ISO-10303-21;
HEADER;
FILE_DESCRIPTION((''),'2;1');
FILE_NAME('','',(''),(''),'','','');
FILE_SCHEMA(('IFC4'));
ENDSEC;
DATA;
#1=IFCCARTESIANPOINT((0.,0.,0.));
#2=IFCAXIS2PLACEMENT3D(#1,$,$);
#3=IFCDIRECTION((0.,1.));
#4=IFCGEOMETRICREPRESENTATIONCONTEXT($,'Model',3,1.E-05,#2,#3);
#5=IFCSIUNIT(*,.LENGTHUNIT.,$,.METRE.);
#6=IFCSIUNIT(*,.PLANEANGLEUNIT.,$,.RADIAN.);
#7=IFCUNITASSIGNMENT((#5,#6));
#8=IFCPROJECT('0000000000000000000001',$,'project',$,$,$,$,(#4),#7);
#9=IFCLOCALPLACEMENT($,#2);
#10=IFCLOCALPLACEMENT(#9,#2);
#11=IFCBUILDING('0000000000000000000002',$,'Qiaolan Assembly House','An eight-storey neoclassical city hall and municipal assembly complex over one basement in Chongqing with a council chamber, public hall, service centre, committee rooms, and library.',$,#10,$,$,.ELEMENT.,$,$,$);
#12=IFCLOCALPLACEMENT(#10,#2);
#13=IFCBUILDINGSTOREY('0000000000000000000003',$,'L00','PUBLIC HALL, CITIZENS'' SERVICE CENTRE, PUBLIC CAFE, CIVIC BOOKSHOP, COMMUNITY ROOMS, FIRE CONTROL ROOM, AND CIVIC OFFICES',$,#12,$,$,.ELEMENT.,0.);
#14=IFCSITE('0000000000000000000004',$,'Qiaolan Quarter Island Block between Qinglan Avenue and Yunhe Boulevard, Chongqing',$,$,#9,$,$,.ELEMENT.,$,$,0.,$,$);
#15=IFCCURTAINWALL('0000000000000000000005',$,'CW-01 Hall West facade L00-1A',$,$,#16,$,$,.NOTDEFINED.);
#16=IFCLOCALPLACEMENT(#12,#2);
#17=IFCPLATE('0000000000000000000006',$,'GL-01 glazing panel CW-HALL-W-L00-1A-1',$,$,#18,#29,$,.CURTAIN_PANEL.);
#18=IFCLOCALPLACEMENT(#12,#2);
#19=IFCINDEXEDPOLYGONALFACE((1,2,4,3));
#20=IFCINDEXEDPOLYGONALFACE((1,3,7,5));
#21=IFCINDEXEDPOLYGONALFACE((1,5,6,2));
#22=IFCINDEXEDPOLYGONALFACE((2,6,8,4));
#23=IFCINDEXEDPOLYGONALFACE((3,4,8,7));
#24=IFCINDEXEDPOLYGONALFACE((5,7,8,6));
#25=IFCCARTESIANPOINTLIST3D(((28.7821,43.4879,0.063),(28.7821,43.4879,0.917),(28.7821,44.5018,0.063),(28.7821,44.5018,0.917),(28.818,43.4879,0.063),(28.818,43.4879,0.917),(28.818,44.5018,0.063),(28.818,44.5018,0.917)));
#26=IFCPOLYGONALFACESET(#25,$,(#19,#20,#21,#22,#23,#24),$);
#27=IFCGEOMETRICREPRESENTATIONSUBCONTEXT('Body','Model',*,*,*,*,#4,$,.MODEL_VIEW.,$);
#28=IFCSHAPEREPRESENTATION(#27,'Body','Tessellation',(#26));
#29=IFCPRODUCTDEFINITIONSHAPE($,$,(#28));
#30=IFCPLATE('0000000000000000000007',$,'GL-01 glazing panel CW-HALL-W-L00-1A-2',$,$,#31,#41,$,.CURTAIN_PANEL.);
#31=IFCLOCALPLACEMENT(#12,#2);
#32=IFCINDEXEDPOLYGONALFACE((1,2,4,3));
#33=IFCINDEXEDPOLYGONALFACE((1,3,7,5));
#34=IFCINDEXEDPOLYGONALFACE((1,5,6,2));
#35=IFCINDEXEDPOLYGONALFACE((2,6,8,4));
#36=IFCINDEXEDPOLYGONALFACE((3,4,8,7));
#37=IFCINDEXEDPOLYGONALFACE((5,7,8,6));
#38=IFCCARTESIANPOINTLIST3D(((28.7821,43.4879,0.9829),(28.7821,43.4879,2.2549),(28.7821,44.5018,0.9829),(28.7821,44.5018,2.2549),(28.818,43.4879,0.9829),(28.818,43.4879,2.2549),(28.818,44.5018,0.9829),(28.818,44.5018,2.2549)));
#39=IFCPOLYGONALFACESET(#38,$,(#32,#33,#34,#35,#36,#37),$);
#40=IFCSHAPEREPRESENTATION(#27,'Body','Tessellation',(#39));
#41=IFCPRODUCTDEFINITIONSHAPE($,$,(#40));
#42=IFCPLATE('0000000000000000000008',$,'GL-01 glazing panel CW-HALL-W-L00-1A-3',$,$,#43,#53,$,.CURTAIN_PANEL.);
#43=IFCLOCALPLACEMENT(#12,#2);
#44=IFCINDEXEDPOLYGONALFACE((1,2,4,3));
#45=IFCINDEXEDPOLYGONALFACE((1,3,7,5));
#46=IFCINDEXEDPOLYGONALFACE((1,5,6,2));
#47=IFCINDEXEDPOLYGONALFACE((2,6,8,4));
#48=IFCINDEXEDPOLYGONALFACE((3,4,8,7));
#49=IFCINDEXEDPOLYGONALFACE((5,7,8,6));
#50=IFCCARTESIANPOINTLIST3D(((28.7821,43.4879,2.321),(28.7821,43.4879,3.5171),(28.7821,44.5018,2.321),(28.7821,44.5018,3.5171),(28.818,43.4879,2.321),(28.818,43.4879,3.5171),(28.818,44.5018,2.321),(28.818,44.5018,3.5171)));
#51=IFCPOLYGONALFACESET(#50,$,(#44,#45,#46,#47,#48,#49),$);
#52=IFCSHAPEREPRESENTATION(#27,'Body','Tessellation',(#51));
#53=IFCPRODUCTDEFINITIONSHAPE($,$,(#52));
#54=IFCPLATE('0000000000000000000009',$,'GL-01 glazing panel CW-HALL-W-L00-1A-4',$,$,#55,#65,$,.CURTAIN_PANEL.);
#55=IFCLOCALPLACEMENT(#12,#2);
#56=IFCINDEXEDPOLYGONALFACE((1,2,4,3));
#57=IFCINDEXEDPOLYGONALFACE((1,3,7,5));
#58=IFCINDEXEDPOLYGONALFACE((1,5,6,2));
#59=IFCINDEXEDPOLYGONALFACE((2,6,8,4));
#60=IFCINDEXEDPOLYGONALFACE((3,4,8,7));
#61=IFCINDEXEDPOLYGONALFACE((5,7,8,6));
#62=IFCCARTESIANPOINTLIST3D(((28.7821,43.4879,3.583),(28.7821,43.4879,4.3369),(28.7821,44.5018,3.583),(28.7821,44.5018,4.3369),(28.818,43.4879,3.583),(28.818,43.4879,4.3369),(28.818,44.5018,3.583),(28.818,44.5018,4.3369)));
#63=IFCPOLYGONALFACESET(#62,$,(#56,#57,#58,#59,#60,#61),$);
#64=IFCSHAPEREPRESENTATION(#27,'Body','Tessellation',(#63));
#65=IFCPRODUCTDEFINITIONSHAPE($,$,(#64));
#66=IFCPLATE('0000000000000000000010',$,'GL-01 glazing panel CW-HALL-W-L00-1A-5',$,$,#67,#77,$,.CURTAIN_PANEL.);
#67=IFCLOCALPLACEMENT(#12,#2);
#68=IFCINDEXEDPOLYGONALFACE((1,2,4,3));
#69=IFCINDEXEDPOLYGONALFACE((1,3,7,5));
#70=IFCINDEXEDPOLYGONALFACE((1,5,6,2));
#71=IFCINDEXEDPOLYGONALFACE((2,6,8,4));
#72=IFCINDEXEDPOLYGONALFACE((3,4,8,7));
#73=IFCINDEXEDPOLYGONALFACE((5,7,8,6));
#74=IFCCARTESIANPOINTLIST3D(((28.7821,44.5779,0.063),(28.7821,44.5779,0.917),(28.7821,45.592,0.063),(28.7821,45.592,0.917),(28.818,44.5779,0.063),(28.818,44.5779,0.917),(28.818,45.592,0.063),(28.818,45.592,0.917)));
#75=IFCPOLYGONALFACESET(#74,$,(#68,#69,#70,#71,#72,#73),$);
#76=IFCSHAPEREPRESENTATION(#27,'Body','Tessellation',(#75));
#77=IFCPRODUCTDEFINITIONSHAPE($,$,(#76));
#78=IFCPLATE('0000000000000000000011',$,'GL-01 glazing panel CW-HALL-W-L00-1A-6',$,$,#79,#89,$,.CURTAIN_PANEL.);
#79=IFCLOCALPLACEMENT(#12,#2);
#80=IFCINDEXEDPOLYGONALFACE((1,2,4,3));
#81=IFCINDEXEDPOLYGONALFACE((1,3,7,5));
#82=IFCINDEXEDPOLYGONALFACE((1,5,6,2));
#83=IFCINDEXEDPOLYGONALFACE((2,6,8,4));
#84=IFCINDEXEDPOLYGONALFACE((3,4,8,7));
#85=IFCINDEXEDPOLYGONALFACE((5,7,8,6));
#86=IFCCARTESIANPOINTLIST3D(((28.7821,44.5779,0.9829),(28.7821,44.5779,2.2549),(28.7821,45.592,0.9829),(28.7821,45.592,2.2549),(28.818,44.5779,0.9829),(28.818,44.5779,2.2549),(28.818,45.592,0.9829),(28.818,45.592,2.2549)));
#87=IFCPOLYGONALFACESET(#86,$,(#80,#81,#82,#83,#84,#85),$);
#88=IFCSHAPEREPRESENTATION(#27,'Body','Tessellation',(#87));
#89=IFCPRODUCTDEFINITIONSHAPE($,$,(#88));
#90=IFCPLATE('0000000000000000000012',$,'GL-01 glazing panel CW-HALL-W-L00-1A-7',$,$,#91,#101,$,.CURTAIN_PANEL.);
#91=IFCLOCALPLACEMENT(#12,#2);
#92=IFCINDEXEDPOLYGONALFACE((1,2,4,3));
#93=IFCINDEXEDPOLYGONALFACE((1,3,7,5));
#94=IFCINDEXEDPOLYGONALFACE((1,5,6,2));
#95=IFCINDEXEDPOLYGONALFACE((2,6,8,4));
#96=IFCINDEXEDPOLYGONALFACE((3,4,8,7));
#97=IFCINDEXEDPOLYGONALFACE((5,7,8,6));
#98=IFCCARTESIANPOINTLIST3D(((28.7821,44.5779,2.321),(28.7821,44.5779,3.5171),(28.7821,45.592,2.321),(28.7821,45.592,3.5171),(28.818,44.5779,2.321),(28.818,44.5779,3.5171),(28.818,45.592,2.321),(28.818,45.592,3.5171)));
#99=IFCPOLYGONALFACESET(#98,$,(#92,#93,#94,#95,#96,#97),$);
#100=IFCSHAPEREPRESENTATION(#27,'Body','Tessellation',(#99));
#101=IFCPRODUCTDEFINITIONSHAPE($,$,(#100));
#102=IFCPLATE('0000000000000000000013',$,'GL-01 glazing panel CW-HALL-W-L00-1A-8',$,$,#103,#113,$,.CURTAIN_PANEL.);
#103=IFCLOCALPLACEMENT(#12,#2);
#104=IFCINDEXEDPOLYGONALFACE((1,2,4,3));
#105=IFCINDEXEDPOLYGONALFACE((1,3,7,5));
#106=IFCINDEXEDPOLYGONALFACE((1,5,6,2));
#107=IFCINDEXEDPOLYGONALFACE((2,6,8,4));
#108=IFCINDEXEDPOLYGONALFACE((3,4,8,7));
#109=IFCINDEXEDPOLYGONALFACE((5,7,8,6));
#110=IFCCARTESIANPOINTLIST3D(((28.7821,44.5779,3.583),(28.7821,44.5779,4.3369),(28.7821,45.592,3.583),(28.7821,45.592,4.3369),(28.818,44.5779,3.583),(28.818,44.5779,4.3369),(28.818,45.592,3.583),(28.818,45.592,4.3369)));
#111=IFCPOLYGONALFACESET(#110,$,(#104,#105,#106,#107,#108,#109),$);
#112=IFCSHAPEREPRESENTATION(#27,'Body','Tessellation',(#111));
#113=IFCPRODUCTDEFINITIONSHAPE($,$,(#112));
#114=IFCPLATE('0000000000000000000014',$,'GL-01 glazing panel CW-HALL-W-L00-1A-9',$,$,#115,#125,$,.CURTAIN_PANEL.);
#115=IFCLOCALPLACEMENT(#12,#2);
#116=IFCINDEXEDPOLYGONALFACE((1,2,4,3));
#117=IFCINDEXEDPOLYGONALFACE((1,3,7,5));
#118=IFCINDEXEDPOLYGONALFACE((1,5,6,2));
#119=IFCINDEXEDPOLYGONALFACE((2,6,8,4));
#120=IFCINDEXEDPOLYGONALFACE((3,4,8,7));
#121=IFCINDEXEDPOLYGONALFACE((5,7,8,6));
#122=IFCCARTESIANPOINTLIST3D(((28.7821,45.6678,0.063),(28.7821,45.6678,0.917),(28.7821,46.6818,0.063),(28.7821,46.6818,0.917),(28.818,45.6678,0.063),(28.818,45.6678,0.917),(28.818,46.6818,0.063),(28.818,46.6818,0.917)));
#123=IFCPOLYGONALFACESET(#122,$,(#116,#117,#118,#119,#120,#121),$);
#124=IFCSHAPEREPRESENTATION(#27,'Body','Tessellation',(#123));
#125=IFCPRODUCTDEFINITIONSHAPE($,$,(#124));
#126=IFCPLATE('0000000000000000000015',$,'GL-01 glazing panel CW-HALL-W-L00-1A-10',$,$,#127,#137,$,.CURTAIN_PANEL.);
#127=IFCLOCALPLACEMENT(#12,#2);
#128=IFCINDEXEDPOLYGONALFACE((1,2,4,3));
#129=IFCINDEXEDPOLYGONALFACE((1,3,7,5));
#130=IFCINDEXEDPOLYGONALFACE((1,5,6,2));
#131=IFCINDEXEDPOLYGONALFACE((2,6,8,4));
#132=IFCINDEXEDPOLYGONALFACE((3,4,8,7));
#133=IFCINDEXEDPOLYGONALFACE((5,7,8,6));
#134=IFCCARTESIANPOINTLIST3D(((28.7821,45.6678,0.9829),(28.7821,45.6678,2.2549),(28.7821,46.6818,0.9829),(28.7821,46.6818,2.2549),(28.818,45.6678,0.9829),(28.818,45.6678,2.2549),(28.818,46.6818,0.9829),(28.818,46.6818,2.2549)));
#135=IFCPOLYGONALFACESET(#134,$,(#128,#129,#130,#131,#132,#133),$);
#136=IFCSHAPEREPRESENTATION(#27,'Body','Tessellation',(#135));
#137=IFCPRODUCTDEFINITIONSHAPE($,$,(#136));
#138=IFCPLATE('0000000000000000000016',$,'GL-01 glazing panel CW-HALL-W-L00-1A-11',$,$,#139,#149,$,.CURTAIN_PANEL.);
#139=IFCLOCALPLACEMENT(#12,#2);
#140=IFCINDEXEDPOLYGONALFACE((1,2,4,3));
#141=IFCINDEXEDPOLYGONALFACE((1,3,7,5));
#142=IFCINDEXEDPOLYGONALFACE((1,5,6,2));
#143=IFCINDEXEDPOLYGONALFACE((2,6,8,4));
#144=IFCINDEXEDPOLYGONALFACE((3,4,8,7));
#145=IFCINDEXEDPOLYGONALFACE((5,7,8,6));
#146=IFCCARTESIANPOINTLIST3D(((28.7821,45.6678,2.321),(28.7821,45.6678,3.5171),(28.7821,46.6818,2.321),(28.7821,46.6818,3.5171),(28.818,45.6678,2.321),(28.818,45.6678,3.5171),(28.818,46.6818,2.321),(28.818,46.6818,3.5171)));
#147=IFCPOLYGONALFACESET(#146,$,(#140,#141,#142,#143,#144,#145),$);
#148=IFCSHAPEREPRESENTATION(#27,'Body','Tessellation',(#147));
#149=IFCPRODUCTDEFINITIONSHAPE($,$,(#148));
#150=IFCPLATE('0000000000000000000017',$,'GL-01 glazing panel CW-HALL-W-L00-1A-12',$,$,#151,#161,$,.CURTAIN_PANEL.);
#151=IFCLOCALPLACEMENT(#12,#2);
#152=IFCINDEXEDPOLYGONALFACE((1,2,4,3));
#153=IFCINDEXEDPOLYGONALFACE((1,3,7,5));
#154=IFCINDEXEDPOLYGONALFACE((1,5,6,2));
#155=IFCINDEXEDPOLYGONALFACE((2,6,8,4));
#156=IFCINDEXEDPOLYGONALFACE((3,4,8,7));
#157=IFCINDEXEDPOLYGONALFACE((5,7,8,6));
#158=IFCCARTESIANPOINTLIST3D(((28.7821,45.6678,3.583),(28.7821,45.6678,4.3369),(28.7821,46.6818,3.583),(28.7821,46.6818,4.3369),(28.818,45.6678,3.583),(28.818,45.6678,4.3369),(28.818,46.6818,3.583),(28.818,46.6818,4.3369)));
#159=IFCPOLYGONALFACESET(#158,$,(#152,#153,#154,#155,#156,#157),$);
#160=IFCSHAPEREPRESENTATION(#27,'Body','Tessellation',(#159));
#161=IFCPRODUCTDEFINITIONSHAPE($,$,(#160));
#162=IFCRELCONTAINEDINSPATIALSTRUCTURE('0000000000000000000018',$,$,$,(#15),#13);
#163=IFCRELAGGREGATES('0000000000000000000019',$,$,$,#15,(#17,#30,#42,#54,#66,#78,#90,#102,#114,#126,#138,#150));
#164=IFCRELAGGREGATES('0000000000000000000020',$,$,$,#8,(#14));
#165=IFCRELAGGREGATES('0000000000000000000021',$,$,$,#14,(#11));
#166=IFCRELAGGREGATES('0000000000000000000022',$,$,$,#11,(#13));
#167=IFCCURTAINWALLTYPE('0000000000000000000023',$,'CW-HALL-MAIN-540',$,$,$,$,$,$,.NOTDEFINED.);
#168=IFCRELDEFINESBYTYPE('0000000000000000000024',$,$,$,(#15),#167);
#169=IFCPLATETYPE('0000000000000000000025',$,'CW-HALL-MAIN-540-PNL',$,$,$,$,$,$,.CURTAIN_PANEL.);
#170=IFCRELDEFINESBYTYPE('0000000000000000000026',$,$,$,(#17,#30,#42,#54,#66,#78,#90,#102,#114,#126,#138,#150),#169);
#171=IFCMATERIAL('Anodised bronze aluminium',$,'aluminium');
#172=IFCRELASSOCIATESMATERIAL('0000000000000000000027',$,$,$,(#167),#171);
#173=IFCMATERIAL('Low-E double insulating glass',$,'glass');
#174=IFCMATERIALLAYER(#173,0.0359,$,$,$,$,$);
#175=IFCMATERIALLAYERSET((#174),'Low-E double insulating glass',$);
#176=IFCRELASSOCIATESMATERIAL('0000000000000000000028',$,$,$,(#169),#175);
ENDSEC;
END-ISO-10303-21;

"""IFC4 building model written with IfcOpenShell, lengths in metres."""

from ifc_helpers import new_model, si_unit, direction, frame, frame_2d, origin, place, context, subcontext, project, spatial, rectangle, extrude, material, layer, layer_set, type_object, element, aggregate, save


model = new_model("IFC4")

# Units and contexts
model_context = context("Model", 3, precision=1e-05, world=origin(), true_north=direction((0.0, 1.0)))
body_context = subcontext(model_context, "Body", "Model", "MODEL_VIEW")
ifc_project = project(units=[si_unit("LENGTHUNIT", "METRE"), si_unit("PLANEANGLEUNIT", "RADIAN")], contexts=[model_context])

# Site, building, storey
site_placement = place(None, origin())
site = spatial("IfcSite", under=ifc_project, at=site_placement, Name="Qiaolan Quarter Island Block between Qinglan Avenue and Yunhe Boulevard, Chongqing", CompositionType="ELEMENT", RefElevation=0.0)
building_placement = place(site_placement, origin())
building = spatial("IfcBuilding", under=site, at=building_placement, Name="Qiaolan Assembly House", Description="An eight-storey neoclassical city hall and municipal assembly complex over one basement in Chongqing with a council chamber, public hall, service centre, committee rooms, and library.", CompositionType="ELEMENT")
storey_placement = place(building_placement, origin())
storey = spatial("IfcBuildingStorey", under=building, at=storey_placement, Name="L00", Description="PUBLIC HALL, CITIZENS' SERVICE CENTRE, PUBLIC CAFE, CIVIC BOOKSHOP, COMMUNITY ROOMS, FIRE CONTROL ROOM, AND CIVIC OFFICES", CompositionType="ELEMENT", Elevation=0.0)

# Curtain wall, plates
ifc_material_1 = material(Name="Anodised bronze aluminium", Category="aluminium")
curtain_wall_type = type_object("IfcCurtainWallType", Name="CW-HALL-MAIN-540", PredefinedType="NOTDEFINED", material=ifc_material_1)
curtain_wall_placement = place(storey_placement, origin())
curtain_wall = element("IfcCurtainWall", 1, at=curtain_wall_placement, inside=storey, type_object=curtain_wall_type, Name="CW-01 Hall West facade L00-1A", PredefinedType="NOTDEFINED")
ifc_material_2 = material(Name="Low-E double insulating glass", Category="glass")
ifc_layer = layer(ifc_material_2, 0.0359)
ifc_layer_set = layer_set([ifc_layer], Name="Low-E double insulating glass")
plate_type = type_object("IfcPlateType", Name="CW-HALL-MAIN-540-PNL", PredefinedType="CURTAIN_PANEL", material=ifc_layer_set)
plate_1_placement = place(storey_placement, frame((28.8, 43.488, 0.063), z_axis=(0.0, 0.0, 1.0), x_axis=(0.0, 1.0, 0.0)))
plate_1 = element("IfcPlate", 2, at=plate_1_placement, type_object=plate_type, Name="GL-01 glazing panel CW-HALL-W-L00-1A-1", PredefinedType="CURTAIN_PANEL", context=body_context, shape_type="SweptSolid", body=[
    extrude(rectangle(XDim=1.0139, YDim=0.0359, at=frame_2d((0.5068, 0.0))), origin(), (0.0, 0.0, 1.0), 0.854),
])
plate_2_placement = place(storey_placement, frame((28.8, 43.488, 0.9829), z_axis=(0.0, 0.0, 1.0), x_axis=(0.0, 1.0, 0.0)))
plate_2 = element("IfcPlate", 3, at=plate_2_placement, type_object=plate_type, Name="GL-01 glazing panel CW-HALL-W-L00-1A-2", PredefinedType="CURTAIN_PANEL", context=body_context, shape_type="SweptSolid", body=[
    extrude(rectangle(XDim=1.0139, YDim=0.0359, at=frame_2d((0.5068, 0.0))), origin(), (0.0, 0.0, 1.0), 1.272),
])
plate_3_placement = place(storey_placement, frame((28.8, 43.488, 2.321), z_axis=(0.0, 0.0, 1.0), x_axis=(0.0, 1.0, 0.0)))
plate_3 = element("IfcPlate", 4, at=plate_3_placement, type_object=plate_type, Name="GL-01 glazing panel CW-HALL-W-L00-1A-3", PredefinedType="CURTAIN_PANEL", context=body_context, shape_type="SweptSolid", body=[
    extrude(rectangle(XDim=1.0139, YDim=0.0359, at=frame_2d((0.5068, 0.0))), origin(), (0.0, 0.0, 1.0), 1.196),
])
plate_4_placement = place(storey_placement, frame((28.8, 43.488, 3.583), z_axis=(0.0, 0.0, 1.0), x_axis=(0.0, 1.0, 0.0)))
plate_4 = element("IfcPlate", 5, at=plate_4_placement, type_object=plate_type, Name="GL-01 glazing panel CW-HALL-W-L00-1A-4", PredefinedType="CURTAIN_PANEL", context=body_context, shape_type="SweptSolid", body=[
    extrude(rectangle(XDim=1.0139, YDim=0.0359, at=frame_2d((0.5068, 0.0))), origin(), (0.0, 0.0, 1.0), 0.7539),
])
plate_5_placement = place(storey_placement, frame((28.8, 44.5779, 0.063), z_axis=(0.0, 0.0, 1.0), x_axis=(0.0, 1.0, 0.0)))
plate_5 = element("IfcPlate", 6, at=plate_5_placement, type_object=plate_type, Name="GL-01 glazing panel CW-HALL-W-L00-1A-5", PredefinedType="CURTAIN_PANEL", context=body_context, shape_type="SweptSolid", body=[
    extrude(rectangle(XDim=1.0142, YDim=0.0359, at=frame_2d((0.5071, 0.0))), origin(), (0.0, 0.0, 1.0), 0.854),
])
plate_6_placement = place(storey_placement, frame((28.8, 44.5779, 0.9829), z_axis=(0.0, 0.0, 1.0), x_axis=(0.0, 1.0, 0.0)))
plate_6 = element("IfcPlate", 7, at=plate_6_placement, type_object=plate_type, Name="GL-01 glazing panel CW-HALL-W-L00-1A-6", PredefinedType="CURTAIN_PANEL", context=body_context, shape_type="SweptSolid", body=[
    extrude(rectangle(XDim=1.0142, YDim=0.0359, at=frame_2d((0.5071, 0.0))), origin(), (0.0, 0.0, 1.0), 1.272),
])
plate_7_placement = place(storey_placement, frame((28.8, 44.5779, 2.321), z_axis=(0.0, 0.0, 1.0), x_axis=(0.0, 1.0, 0.0)))
plate_7 = element("IfcPlate", 8, at=plate_7_placement, type_object=plate_type, Name="GL-01 glazing panel CW-HALL-W-L00-1A-7", PredefinedType="CURTAIN_PANEL", context=body_context, shape_type="SweptSolid", body=[
    extrude(rectangle(XDim=1.0142, YDim=0.0359, at=frame_2d((0.5071, 0.0))), origin(), (0.0, 0.0, 1.0), 1.196),
])
plate_8_placement = place(storey_placement, frame((28.8, 44.5779, 3.583), z_axis=(0.0, 0.0, 1.0), x_axis=(0.0, 1.0, 0.0)))
plate_8 = element("IfcPlate", 9, at=plate_8_placement, type_object=plate_type, Name="GL-01 glazing panel CW-HALL-W-L00-1A-8", PredefinedType="CURTAIN_PANEL", context=body_context, shape_type="SweptSolid", body=[
    extrude(rectangle(XDim=1.0142, YDim=0.0359, at=frame_2d((0.5071, 0.0))), origin(), (0.0, 0.0, 1.0), 0.7539),
])
plate_9_placement = place(storey_placement, frame((28.8, 45.668, 0.063), z_axis=(0.0, 0.0, 1.0), x_axis=(0.0, 1.0, 0.0)))
plate_9 = element("IfcPlate", 10, at=plate_9_placement, type_object=plate_type, Name="GL-01 glazing panel CW-HALL-W-L00-1A-9", PredefinedType="CURTAIN_PANEL", context=body_context, shape_type="SweptSolid", body=[
    extrude(rectangle(XDim=1.0139, YDim=0.0359, at=frame_2d((0.5068, 0.0))), origin(), (0.0, 0.0, 1.0), 0.854),
])
plate_10_placement = place(storey_placement, frame((28.8, 45.668, 0.9829), z_axis=(0.0, 0.0, 1.0), x_axis=(0.0, 1.0, 0.0)))
plate_10 = element("IfcPlate", 11, at=plate_10_placement, type_object=plate_type, Name="GL-01 glazing panel CW-HALL-W-L00-1A-10", PredefinedType="CURTAIN_PANEL", context=body_context, shape_type="SweptSolid", body=[
    extrude(rectangle(XDim=1.0139, YDim=0.0359, at=frame_2d((0.5068, 0.0))), origin(), (0.0, 0.0, 1.0), 1.272),
])
plate_11_placement = place(storey_placement, frame((28.8, 45.668, 2.321), z_axis=(0.0, 0.0, 1.0), x_axis=(0.0, 1.0, 0.0)))
plate_11 = element("IfcPlate", 12, at=plate_11_placement, type_object=plate_type, Name="GL-01 glazing panel CW-HALL-W-L00-1A-11", PredefinedType="CURTAIN_PANEL", context=body_context, shape_type="SweptSolid", body=[
    extrude(rectangle(XDim=1.0139, YDim=0.0359, at=frame_2d((0.5068, 0.0))), origin(), (0.0, 0.0, 1.0), 1.196),
])
plate_12_placement = place(storey_placement, frame((28.8, 45.668, 3.583), z_axis=(0.0, 0.0, 1.0), x_axis=(0.0, 1.0, 0.0)))
plate_12 = element("IfcPlate", 13, at=plate_12_placement, type_object=plate_type, Name="GL-01 glazing panel CW-HALL-W-L00-1A-12", PredefinedType="CURTAIN_PANEL", context=body_context, shape_type="SweptSolid", body=[
    extrude(rectangle(XDim=1.0139, YDim=0.0359, at=frame_2d((0.5068, 0.0))), origin(), (0.0, 0.0, 1.0), 0.7539),
])
aggregate(curtain_wall, [plate_1, plate_2, plate_3, plate_4, plate_5, plate_6, plate_7, plate_8, plate_9, plate_10, plate_11, plate_12])

save(model, "model.ifc")
